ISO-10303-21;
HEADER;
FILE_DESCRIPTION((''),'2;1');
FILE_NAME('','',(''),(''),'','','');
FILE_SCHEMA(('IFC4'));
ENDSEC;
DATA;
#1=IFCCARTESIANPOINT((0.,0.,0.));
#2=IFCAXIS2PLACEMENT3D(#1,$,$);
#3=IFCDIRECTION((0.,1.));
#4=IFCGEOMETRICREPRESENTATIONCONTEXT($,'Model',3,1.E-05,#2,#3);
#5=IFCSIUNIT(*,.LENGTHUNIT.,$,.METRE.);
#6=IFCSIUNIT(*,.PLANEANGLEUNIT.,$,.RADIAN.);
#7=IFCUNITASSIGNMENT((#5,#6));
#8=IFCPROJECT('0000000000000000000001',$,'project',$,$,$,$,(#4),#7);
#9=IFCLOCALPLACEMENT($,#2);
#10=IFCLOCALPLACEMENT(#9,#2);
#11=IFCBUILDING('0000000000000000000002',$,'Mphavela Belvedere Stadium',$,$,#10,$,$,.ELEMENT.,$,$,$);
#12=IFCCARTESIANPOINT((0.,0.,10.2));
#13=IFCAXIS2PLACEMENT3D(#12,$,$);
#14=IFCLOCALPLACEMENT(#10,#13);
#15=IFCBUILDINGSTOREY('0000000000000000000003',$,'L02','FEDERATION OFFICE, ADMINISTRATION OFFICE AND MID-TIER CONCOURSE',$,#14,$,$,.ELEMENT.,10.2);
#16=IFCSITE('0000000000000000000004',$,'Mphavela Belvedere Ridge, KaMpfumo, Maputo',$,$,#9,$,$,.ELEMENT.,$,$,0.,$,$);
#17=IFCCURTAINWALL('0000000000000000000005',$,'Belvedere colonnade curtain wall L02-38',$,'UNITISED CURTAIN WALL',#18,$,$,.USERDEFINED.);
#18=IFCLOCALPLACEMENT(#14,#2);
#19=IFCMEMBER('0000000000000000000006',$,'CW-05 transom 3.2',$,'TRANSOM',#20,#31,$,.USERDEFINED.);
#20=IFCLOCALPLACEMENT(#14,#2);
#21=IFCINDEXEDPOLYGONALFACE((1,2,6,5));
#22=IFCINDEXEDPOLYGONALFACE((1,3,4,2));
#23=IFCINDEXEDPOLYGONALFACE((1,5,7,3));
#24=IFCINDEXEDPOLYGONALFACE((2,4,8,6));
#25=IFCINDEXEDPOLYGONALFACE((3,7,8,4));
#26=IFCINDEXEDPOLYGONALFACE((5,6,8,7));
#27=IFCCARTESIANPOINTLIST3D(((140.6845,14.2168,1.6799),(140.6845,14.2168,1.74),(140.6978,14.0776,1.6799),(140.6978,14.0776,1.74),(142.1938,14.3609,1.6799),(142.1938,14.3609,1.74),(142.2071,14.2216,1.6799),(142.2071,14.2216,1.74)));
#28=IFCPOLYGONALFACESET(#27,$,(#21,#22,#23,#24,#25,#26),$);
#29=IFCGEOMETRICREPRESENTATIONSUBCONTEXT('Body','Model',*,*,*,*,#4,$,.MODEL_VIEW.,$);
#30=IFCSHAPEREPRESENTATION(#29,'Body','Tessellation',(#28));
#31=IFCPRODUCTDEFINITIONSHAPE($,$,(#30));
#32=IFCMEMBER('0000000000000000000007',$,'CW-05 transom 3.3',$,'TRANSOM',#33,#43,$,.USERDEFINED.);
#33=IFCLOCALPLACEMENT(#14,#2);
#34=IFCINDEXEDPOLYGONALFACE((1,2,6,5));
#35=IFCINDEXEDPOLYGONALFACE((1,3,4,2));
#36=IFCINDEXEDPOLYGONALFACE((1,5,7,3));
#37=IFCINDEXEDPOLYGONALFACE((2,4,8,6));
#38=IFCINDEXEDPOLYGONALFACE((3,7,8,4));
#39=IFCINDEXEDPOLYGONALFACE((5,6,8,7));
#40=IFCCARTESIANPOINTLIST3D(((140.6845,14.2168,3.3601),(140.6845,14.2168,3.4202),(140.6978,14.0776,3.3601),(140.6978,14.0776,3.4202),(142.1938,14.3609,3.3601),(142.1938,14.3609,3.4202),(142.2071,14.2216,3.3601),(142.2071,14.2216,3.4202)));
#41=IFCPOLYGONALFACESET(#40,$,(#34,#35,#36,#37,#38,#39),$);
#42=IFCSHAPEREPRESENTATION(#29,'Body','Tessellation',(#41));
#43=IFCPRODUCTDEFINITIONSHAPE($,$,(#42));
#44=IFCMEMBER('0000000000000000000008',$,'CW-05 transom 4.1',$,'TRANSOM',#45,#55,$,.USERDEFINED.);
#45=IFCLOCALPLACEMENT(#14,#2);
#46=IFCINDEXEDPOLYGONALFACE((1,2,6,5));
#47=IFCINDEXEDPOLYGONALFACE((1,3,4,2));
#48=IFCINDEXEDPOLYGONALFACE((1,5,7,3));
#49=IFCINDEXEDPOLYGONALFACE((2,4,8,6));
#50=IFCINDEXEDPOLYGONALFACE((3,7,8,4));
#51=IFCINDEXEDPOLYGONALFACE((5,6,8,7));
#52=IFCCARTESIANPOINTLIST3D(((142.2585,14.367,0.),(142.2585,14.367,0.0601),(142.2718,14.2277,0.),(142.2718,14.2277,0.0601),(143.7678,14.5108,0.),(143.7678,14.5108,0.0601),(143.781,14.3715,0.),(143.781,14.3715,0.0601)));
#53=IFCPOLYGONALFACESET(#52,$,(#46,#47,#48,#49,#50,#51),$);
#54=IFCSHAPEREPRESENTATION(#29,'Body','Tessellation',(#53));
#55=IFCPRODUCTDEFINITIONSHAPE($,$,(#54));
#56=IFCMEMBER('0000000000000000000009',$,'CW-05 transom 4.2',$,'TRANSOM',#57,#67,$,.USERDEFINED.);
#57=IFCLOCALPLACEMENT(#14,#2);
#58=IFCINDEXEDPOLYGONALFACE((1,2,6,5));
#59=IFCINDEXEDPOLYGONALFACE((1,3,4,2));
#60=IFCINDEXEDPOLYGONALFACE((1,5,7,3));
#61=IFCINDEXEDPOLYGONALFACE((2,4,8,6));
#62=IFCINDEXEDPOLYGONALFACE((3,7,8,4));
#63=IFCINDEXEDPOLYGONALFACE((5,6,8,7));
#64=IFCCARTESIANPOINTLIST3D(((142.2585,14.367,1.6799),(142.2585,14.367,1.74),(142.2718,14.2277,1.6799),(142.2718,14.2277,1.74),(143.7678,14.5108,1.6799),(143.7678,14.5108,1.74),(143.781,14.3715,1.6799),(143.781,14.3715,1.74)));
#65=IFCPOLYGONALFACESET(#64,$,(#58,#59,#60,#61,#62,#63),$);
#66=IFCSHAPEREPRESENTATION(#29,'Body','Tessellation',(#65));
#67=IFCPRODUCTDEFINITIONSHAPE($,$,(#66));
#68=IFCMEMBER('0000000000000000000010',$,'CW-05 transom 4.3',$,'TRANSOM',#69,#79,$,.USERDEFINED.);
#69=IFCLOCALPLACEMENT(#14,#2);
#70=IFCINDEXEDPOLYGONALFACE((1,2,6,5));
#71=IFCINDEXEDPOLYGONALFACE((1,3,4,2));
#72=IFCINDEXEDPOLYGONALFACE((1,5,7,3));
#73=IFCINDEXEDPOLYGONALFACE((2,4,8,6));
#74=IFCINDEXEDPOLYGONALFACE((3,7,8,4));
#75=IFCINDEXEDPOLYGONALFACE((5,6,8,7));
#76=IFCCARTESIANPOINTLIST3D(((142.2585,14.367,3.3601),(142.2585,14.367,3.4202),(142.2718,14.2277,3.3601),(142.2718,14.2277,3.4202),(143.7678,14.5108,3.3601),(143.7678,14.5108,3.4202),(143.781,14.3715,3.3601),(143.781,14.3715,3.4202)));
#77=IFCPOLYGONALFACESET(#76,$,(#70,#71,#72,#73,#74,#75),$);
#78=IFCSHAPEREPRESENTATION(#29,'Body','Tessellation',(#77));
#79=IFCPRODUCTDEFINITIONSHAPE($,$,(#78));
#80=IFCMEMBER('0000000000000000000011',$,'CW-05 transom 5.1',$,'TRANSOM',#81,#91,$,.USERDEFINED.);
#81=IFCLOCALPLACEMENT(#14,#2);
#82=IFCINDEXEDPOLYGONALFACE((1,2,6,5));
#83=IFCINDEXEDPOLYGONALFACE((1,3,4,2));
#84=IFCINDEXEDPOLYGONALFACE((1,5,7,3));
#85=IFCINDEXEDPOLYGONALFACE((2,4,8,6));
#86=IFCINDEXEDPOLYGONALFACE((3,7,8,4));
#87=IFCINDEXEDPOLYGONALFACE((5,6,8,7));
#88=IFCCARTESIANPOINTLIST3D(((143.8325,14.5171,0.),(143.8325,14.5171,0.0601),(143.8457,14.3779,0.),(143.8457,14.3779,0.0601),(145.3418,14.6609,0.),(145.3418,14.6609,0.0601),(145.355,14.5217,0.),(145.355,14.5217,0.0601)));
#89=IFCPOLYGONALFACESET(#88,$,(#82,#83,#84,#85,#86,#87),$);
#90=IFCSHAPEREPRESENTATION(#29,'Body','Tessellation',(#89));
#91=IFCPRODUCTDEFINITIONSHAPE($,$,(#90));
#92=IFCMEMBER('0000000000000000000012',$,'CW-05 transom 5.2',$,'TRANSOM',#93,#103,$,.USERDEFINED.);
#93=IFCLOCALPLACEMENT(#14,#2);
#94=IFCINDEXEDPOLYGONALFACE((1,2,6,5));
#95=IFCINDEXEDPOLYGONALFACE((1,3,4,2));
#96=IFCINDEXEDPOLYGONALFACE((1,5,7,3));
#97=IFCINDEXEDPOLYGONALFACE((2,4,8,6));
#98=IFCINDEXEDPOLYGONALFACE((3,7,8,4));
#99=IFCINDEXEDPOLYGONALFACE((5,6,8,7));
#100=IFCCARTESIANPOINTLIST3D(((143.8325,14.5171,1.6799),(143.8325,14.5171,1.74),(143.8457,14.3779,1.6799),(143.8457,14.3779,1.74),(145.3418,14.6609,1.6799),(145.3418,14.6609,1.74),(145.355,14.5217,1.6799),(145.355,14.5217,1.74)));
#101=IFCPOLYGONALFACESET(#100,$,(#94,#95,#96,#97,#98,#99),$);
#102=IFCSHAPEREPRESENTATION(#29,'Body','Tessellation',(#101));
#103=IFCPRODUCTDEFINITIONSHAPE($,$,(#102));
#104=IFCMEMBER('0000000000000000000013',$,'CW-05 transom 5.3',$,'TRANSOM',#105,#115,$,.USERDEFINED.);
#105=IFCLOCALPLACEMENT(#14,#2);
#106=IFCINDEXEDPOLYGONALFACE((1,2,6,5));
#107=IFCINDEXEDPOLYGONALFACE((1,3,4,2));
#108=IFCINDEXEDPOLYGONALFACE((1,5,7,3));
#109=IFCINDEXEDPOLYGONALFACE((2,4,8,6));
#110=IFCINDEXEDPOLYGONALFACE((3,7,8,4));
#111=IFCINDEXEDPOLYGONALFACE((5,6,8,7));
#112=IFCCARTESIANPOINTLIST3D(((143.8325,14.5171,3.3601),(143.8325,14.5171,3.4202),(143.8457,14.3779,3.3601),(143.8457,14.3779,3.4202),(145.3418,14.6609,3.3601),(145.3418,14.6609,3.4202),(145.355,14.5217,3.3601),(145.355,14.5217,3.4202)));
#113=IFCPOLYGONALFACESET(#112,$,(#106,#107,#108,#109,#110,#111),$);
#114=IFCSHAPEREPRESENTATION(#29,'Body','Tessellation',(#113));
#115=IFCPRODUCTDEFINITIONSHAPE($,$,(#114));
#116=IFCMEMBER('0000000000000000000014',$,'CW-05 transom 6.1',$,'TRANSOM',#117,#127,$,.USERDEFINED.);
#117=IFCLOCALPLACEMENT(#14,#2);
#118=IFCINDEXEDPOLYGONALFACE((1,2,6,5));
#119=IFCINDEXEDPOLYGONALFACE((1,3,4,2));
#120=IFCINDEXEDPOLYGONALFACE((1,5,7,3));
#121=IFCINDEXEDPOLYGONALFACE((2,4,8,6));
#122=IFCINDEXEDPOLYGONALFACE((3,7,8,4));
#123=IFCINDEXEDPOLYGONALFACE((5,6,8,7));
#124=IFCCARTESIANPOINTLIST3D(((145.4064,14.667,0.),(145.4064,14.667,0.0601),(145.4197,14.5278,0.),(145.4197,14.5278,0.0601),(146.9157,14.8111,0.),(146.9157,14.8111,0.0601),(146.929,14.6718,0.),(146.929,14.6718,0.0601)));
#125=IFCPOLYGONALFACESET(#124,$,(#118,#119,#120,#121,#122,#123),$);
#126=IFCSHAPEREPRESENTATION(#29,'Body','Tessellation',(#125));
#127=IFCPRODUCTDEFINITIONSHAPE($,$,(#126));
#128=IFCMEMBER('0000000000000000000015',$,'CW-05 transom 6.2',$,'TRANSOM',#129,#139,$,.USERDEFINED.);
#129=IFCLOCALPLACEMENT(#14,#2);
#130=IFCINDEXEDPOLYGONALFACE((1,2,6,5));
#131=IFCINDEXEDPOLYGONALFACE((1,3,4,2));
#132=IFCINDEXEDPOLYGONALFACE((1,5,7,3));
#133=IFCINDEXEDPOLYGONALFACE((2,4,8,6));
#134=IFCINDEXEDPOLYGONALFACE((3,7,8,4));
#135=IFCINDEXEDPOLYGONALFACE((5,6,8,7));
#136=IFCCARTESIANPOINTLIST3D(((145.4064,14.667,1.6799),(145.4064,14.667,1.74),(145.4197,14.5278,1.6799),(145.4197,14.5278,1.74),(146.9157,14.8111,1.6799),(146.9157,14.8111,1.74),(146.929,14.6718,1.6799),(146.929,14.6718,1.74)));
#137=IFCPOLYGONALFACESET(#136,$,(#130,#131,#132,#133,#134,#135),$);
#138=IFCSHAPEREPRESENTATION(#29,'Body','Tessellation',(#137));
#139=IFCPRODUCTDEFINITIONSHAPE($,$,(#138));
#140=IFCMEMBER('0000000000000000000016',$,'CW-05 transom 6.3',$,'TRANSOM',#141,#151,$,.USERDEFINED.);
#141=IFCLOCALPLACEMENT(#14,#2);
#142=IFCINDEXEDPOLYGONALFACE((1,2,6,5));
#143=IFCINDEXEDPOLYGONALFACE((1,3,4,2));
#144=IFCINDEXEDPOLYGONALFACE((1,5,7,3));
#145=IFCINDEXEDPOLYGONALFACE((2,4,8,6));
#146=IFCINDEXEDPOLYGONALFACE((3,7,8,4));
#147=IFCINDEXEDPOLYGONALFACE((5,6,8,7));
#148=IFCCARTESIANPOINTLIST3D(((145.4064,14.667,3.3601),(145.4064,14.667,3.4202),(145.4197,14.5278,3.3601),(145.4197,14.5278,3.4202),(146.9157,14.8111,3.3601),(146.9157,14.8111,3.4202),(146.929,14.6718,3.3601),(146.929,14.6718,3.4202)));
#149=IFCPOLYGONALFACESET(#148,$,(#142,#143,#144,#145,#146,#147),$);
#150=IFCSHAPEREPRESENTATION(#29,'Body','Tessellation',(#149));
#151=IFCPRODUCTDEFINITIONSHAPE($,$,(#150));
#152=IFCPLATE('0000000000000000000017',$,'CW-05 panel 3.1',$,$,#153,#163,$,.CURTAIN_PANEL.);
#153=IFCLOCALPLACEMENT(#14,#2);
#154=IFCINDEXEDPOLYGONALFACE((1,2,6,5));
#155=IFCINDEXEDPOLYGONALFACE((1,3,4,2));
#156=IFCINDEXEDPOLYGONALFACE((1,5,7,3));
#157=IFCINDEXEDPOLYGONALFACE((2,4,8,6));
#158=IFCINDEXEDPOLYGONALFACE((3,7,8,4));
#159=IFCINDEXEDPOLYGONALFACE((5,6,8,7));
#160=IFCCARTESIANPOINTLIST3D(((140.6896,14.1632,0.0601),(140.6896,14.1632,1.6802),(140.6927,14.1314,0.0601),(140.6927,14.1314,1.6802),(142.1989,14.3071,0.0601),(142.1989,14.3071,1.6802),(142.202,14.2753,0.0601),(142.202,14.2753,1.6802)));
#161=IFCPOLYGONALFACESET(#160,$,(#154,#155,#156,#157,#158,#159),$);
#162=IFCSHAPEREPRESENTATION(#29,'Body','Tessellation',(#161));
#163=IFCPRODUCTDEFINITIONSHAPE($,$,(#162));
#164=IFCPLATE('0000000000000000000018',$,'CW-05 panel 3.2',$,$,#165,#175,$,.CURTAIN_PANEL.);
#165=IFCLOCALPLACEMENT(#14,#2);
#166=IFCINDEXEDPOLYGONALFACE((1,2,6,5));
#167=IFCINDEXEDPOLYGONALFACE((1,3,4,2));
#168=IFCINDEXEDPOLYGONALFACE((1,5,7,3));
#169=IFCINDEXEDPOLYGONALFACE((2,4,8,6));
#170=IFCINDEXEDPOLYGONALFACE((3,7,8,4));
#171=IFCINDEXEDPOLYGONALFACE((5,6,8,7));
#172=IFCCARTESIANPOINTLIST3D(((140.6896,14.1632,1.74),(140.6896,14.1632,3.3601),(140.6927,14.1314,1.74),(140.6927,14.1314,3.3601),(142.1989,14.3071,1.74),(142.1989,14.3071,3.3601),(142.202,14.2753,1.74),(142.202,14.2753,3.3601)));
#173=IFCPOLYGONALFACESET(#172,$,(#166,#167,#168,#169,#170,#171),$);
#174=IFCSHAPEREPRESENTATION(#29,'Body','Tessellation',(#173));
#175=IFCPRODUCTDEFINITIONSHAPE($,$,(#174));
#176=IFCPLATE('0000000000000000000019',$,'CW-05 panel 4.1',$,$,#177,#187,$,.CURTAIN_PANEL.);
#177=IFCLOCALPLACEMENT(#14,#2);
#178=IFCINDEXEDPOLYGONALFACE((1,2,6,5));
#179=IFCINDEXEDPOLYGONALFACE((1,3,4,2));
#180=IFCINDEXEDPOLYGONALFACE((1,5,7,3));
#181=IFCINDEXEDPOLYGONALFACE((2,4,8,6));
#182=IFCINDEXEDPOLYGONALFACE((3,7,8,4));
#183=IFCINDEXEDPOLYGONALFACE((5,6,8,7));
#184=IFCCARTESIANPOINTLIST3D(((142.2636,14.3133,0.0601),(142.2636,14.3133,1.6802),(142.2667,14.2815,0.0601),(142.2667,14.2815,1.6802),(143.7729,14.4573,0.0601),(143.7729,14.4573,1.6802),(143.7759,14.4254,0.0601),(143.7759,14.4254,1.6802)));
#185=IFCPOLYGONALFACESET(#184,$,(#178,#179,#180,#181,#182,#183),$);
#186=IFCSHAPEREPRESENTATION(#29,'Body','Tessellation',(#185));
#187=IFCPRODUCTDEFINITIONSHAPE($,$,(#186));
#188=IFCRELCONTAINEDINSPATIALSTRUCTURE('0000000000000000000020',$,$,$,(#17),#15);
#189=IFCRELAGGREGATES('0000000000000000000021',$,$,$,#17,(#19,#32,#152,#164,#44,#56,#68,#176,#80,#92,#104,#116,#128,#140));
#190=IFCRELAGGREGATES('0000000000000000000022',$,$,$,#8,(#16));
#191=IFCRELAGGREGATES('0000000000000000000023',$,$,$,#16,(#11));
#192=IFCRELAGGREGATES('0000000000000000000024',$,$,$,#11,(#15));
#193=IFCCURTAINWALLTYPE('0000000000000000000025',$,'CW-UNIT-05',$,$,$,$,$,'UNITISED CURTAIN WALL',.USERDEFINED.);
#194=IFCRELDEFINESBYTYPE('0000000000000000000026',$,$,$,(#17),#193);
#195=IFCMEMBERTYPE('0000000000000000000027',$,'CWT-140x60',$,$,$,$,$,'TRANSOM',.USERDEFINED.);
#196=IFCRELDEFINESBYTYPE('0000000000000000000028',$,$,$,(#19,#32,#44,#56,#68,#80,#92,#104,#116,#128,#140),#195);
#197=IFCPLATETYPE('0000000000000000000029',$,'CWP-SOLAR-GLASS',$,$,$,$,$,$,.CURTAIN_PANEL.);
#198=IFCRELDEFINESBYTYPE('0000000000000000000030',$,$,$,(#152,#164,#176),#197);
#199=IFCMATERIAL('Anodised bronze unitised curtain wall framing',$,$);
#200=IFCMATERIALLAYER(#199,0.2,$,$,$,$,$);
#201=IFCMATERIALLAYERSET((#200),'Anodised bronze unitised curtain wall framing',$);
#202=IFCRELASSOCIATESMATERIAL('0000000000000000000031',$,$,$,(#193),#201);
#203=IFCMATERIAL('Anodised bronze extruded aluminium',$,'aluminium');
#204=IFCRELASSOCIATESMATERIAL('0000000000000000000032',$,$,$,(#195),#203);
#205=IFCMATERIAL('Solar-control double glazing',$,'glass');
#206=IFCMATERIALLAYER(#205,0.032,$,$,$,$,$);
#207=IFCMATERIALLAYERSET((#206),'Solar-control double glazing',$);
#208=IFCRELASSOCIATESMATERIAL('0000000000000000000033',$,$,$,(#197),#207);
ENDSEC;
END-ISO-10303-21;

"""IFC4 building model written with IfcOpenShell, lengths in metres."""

from ifc_helpers import new_model, si_unit, direction, frame, origin, origin_2d, place, context, subcontext, project, spatial, rectangle, extrude, material, layer, layer_set, material_profile, profile_set, type_object, element, aggregate, save


model = new_model("IFC4")

# Units and contexts
model_context = context("Model", 3, precision=1e-05, world=origin(), true_north=direction((0.0, 1.0)))
body_context = subcontext(model_context, "Body", "Model", "MODEL_VIEW")
ifc_project = project(units=[si_unit("LENGTHUNIT", "METRE"), si_unit("PLANEANGLEUNIT", "RADIAN")], contexts=[model_context])

# Site, building, storey
site_placement = place(None, origin())
site = spatial("IfcSite", under=ifc_project, at=site_placement, Name="Mphavela Belvedere Ridge, KaMpfumo, Maputo", CompositionType="ELEMENT", RefElevation=0.0)
building_placement = place(site_placement, origin())
building = spatial("IfcBuilding", under=site, at=building_placement, Name="Mphavela Belvedere Stadium", CompositionType="ELEMENT")
storey_placement = place(building_placement, frame((0.0, 0.0, 10.2)))
storey = spatial("IfcBuildingStorey", under=building, at=storey_placement, Name="L02", Description="FEDERATION OFFICE, ADMINISTRATION OFFICE AND MID-TIER CONCOURSE", CompositionType="ELEMENT", Elevation=10.2)

# Curtain wall, members, plates
ifc_material_1 = material(Name="Anodised bronze unitised curtain wall framing")
ifc_layer_1 = layer(ifc_material_1, 0.2)
ifc_layer_set_1 = layer_set([ifc_layer_1], Name="Anodised bronze unitised curtain wall framing")
curtain_wall_type = type_object("IfcCurtainWallType", Name="CW-UNIT-05", ElementType="UNITISED CURTAIN WALL", PredefinedType="USERDEFINED", material=ifc_layer_set_1)
curtain_wall_placement = place(storey_placement, origin())
curtain_wall = element("IfcCurtainWall", 1, at=curtain_wall_placement, inside=storey, type_object=curtain_wall_type, Name="Belvedere colonnade curtain wall L02-38", ObjectType="UNITISED CURTAIN WALL", PredefinedType="USERDEFINED")
ifc_material_2 = material(Name="Anodised bronze extruded aluminium", Category="aluminium")
ifc_material_profile_1 = material_profile(ifc_material_2, rectangle(XDim=0.1399, YDim=0.0601, at=origin_2d()), Name="CW-TRN 140x60")
ifc_profile_set_1 = profile_set([ifc_material_profile_1], Name="Anodised bronze extruded aluminium")
member_type_1 = type_object("IfcMemberType", Name="CWT-140x60", ElementType="TRANSOM", PredefinedType="USERDEFINED", material=ifc_profile_set_1)
member_1_placement = place(storey_placement, frame((140.6912, 14.1472, 1.71), z_axis=(0.995477, 0.095007, 0.0), x_axis=(-0.095007, 0.995477, 0.0)))
member_1 = element("IfcMember", 2, at=member_1_placement, type_object=member_type_1, Name="CW-05 transom 3.2", ObjectType="TRANSOM", PredefinedType="USERDEFINED", context=body_context, shape_type="SweptSolid", body=[
    extrude(rectangle(XDim=0.1399, YDim=0.0601, at=origin_2d()), origin(), (0.0, 0.0, 1.0), 1.5161),
])
member_2_placement = place(storey_placement, frame((140.6912, 14.1472, 3.3901), z_axis=(0.995477, 0.095007, 0.0), x_axis=(-0.095007, 0.995477, 0.0)))
member_2 = element("IfcMember", 3, at=member_2_placement, type_object=member_type_1, Name="CW-05 transom 3.3", ObjectType="TRANSOM", PredefinedType="USERDEFINED", context=body_context, shape_type="SweptSolid", body=[
    extrude(rectangle(XDim=0.1399, YDim=0.0601, at=origin_2d()), origin(), (0.0, 0.0, 1.0), 1.5161),
])
member_3_placement = place(storey_placement, frame((142.2651, 14.2974, 0.03), z_axis=(0.995492, 0.094847, 0.0), x_axis=(-0.094847, 0.995492, 0.0)))
member_3 = element("IfcMember", 4, at=member_3_placement, type_object=member_type_1, Name="CW-05 transom 4.1", ObjectType="TRANSOM", PredefinedType="USERDEFINED", context=body_context, shape_type="SweptSolid", body=[
    extrude(rectangle(XDim=0.1399, YDim=0.0601, at=origin_2d()), origin(), (0.0, 0.0, 1.0), 1.5161),
])
member_4_placement = place(storey_placement, frame((142.2651, 14.2974, 1.71), z_axis=(0.995492, 0.094847, 0.0), x_axis=(-0.094847, 0.995492, 0.0)))
member_4 = element("IfcMember", 5, at=member_4_placement, type_object=member_type_1, Name="CW-05 transom 4.2", ObjectType="TRANSOM", PredefinedType="USERDEFINED", context=body_context, shape_type="SweptSolid", body=[
    extrude(rectangle(XDim=0.1399, YDim=0.0601, at=origin_2d()), origin(), (0.0, 0.0, 1.0), 1.5161),
])
member_5_placement = place(storey_placement, frame((142.2651, 14.2974, 3.3901), z_axis=(0.995492, 0.094847, 0.0), x_axis=(-0.094847, 0.995492, 0.0)))
member_5 = element("IfcMember", 6, at=member_5_placement, type_object=member_type_1, Name="CW-05 transom 4.3", ObjectType="TRANSOM", PredefinedType="USERDEFINED", context=body_context, shape_type="SweptSolid", body=[
    extrude(rectangle(XDim=0.1399, YDim=0.0601, at=origin_2d()), origin(), (0.0, 0.0, 1.0), 1.5161),
])
member_6_placement = place(storey_placement, frame((143.8391, 14.4475, 0.03), z_axis=(0.995492, 0.094847, 0.0), x_axis=(-0.094847, 0.995492, 0.0)))
member_6 = element("IfcMember", 7, at=member_6_placement, type_object=member_type_1, Name="CW-05 transom 5.1", ObjectType="TRANSOM", PredefinedType="USERDEFINED", context=body_context, shape_type="SweptSolid", body=[
    extrude(rectangle(XDim=0.1399, YDim=0.0601, at=origin_2d()), origin(), (0.0, 0.0, 1.0), 1.5161),
])
member_7_placement = place(storey_placement, frame((143.8391, 14.4475, 1.71), z_axis=(0.995492, 0.094847, 0.0), x_axis=(-0.094847, 0.995492, 0.0)))
member_7 = element("IfcMember", 8, at=member_7_placement, type_object=member_type_1, Name="CW-05 transom 5.2", ObjectType="TRANSOM", PredefinedType="USERDEFINED", context=body_context, shape_type="SweptSolid", body=[
    extrude(rectangle(XDim=0.1399, YDim=0.0601, at=origin_2d()), origin(), (0.0, 0.0, 1.0), 1.5161),
])
member_8_placement = place(storey_placement, frame((143.8391, 14.4475, 3.3901), z_axis=(0.995492, 0.094847, 0.0), x_axis=(-0.094847, 0.995492, 0.0)))
member_8 = element("IfcMember", 9, at=member_8_placement, type_object=member_type_1, Name="CW-05 transom 5.3", ObjectType="TRANSOM", PredefinedType="USERDEFINED", context=body_context, shape_type="SweptSolid", body=[
    extrude(rectangle(XDim=0.1399, YDim=0.0601, at=origin_2d()), origin(), (0.0, 0.0, 1.0), 1.5161),
])
member_9_placement = place(storey_placement, frame((145.4131, 14.5974, 0.03), z_axis=(0.995477, 0.095007, 0.0), x_axis=(-0.095007, 0.995477, 0.0)))
member_9 = element("IfcMember", 10, at=member_9_placement, type_object=member_type_1, Name="CW-05 transom 6.1", ObjectType="TRANSOM", PredefinedType="USERDEFINED", context=body_context, shape_type="SweptSolid", body=[
    extrude(rectangle(XDim=0.1399, YDim=0.0601, at=origin_2d()), origin(), (0.0, 0.0, 1.0), 1.5161),
])
member_10_placement = place(storey_placement, frame((145.4131, 14.5974, 1.71), z_axis=(0.995477, 0.095007, 0.0), x_axis=(-0.095007, 0.995477, 0.0)))
member_10 = element("IfcMember", 11, at=member_10_placement, type_object=member_type_1, Name="CW-05 transom 6.2", ObjectType="TRANSOM", PredefinedType="USERDEFINED", context=body_context, shape_type="SweptSolid", body=[
    extrude(rectangle(XDim=0.1399, YDim=0.0601, at=origin_2d()), origin(), (0.0, 0.0, 1.0), 1.5161),
])
member_11_placement = place(storey_placement, frame((145.4131, 14.5974, 3.3901), z_axis=(0.995477, 0.095007, 0.0), x_axis=(-0.095007, 0.995477, 0.0)))
member_11 = element("IfcMember", 12, at=member_11_placement, type_object=member_type_1, Name="CW-05 transom 6.3", ObjectType="TRANSOM", PredefinedType="USERDEFINED", context=body_context, shape_type="SweptSolid", body=[
    extrude(rectangle(XDim=0.1399, YDim=0.0601, at=origin_2d()), origin(), (0.0, 0.0, 1.0), 1.5161),
])
ifc_material_3 = material(Name="Solar-control double glazing", Category="glass")
ifc_layer_2 = layer(ifc_material_3, 0.032)
ifc_layer_set_2 = layer_set([ifc_layer_2], Name="Solar-control double glazing")
plate_type = type_object("IfcPlateType", Name="CWP-SOLAR-GLASS", PredefinedType="CURTAIN_PANEL", material=ifc_layer_set_2)
plate_1_placement = place(storey_placement, frame((141.4458, 14.2192, 0.0601), z_axis=(0.0, 0.0, 1.0), x_axis=(0.995484, 0.094926, 0.0)))
plate_1 = element("IfcPlate", 13, at=plate_1_placement, type_object=plate_type, Name="CW-05 panel 3.1", PredefinedType="CURTAIN_PANEL", context=body_context, shape_type="SweptSolid", body=[
    extrude(rectangle(XDim=1.5161, YDim=0.032, at=origin_2d()), origin(), (0.0, 0.0, 1.0), 1.6201),
])
plate_2_placement = place(storey_placement, frame((141.4458, 14.2192, 1.74), z_axis=(0.0, 0.0, 1.0), x_axis=(0.995484, 0.094926, 0.0)))
plate_2 = element("IfcPlate", 14, at=plate_2_placement, type_object=plate_type, Name="CW-05 panel 3.2", PredefinedType="CURTAIN_PANEL", context=body_context, shape_type="SweptSolid", body=[
    extrude(rectangle(XDim=1.5161, YDim=0.032, at=origin_2d()), origin(), (0.0, 0.0, 1.0), 1.6201),
])
plate_3_placement = place(storey_placement, frame((143.0198, 14.3694, 0.0601), z_axis=(0.0, 0.0, 1.0), x_axis=(0.995484, 0.094926, 0.0)))
plate_3 = element("IfcPlate", 15, at=plate_3_placement, type_object=plate_type, Name="CW-05 panel 4.1", PredefinedType="CURTAIN_PANEL", context=body_context, shape_type="SweptSolid", body=[
    extrude(rectangle(XDim=1.5161, YDim=0.032, at=origin_2d()), origin(), (0.0, 0.0, 1.0), 1.6201),
])
aggregate(curtain_wall, [member_1, member_2, plate_1, plate_2, member_3, member_4, member_5, plate_3, member_6, member_7, member_8, member_9, member_10, member_11])

save(model, "model.ifc")
